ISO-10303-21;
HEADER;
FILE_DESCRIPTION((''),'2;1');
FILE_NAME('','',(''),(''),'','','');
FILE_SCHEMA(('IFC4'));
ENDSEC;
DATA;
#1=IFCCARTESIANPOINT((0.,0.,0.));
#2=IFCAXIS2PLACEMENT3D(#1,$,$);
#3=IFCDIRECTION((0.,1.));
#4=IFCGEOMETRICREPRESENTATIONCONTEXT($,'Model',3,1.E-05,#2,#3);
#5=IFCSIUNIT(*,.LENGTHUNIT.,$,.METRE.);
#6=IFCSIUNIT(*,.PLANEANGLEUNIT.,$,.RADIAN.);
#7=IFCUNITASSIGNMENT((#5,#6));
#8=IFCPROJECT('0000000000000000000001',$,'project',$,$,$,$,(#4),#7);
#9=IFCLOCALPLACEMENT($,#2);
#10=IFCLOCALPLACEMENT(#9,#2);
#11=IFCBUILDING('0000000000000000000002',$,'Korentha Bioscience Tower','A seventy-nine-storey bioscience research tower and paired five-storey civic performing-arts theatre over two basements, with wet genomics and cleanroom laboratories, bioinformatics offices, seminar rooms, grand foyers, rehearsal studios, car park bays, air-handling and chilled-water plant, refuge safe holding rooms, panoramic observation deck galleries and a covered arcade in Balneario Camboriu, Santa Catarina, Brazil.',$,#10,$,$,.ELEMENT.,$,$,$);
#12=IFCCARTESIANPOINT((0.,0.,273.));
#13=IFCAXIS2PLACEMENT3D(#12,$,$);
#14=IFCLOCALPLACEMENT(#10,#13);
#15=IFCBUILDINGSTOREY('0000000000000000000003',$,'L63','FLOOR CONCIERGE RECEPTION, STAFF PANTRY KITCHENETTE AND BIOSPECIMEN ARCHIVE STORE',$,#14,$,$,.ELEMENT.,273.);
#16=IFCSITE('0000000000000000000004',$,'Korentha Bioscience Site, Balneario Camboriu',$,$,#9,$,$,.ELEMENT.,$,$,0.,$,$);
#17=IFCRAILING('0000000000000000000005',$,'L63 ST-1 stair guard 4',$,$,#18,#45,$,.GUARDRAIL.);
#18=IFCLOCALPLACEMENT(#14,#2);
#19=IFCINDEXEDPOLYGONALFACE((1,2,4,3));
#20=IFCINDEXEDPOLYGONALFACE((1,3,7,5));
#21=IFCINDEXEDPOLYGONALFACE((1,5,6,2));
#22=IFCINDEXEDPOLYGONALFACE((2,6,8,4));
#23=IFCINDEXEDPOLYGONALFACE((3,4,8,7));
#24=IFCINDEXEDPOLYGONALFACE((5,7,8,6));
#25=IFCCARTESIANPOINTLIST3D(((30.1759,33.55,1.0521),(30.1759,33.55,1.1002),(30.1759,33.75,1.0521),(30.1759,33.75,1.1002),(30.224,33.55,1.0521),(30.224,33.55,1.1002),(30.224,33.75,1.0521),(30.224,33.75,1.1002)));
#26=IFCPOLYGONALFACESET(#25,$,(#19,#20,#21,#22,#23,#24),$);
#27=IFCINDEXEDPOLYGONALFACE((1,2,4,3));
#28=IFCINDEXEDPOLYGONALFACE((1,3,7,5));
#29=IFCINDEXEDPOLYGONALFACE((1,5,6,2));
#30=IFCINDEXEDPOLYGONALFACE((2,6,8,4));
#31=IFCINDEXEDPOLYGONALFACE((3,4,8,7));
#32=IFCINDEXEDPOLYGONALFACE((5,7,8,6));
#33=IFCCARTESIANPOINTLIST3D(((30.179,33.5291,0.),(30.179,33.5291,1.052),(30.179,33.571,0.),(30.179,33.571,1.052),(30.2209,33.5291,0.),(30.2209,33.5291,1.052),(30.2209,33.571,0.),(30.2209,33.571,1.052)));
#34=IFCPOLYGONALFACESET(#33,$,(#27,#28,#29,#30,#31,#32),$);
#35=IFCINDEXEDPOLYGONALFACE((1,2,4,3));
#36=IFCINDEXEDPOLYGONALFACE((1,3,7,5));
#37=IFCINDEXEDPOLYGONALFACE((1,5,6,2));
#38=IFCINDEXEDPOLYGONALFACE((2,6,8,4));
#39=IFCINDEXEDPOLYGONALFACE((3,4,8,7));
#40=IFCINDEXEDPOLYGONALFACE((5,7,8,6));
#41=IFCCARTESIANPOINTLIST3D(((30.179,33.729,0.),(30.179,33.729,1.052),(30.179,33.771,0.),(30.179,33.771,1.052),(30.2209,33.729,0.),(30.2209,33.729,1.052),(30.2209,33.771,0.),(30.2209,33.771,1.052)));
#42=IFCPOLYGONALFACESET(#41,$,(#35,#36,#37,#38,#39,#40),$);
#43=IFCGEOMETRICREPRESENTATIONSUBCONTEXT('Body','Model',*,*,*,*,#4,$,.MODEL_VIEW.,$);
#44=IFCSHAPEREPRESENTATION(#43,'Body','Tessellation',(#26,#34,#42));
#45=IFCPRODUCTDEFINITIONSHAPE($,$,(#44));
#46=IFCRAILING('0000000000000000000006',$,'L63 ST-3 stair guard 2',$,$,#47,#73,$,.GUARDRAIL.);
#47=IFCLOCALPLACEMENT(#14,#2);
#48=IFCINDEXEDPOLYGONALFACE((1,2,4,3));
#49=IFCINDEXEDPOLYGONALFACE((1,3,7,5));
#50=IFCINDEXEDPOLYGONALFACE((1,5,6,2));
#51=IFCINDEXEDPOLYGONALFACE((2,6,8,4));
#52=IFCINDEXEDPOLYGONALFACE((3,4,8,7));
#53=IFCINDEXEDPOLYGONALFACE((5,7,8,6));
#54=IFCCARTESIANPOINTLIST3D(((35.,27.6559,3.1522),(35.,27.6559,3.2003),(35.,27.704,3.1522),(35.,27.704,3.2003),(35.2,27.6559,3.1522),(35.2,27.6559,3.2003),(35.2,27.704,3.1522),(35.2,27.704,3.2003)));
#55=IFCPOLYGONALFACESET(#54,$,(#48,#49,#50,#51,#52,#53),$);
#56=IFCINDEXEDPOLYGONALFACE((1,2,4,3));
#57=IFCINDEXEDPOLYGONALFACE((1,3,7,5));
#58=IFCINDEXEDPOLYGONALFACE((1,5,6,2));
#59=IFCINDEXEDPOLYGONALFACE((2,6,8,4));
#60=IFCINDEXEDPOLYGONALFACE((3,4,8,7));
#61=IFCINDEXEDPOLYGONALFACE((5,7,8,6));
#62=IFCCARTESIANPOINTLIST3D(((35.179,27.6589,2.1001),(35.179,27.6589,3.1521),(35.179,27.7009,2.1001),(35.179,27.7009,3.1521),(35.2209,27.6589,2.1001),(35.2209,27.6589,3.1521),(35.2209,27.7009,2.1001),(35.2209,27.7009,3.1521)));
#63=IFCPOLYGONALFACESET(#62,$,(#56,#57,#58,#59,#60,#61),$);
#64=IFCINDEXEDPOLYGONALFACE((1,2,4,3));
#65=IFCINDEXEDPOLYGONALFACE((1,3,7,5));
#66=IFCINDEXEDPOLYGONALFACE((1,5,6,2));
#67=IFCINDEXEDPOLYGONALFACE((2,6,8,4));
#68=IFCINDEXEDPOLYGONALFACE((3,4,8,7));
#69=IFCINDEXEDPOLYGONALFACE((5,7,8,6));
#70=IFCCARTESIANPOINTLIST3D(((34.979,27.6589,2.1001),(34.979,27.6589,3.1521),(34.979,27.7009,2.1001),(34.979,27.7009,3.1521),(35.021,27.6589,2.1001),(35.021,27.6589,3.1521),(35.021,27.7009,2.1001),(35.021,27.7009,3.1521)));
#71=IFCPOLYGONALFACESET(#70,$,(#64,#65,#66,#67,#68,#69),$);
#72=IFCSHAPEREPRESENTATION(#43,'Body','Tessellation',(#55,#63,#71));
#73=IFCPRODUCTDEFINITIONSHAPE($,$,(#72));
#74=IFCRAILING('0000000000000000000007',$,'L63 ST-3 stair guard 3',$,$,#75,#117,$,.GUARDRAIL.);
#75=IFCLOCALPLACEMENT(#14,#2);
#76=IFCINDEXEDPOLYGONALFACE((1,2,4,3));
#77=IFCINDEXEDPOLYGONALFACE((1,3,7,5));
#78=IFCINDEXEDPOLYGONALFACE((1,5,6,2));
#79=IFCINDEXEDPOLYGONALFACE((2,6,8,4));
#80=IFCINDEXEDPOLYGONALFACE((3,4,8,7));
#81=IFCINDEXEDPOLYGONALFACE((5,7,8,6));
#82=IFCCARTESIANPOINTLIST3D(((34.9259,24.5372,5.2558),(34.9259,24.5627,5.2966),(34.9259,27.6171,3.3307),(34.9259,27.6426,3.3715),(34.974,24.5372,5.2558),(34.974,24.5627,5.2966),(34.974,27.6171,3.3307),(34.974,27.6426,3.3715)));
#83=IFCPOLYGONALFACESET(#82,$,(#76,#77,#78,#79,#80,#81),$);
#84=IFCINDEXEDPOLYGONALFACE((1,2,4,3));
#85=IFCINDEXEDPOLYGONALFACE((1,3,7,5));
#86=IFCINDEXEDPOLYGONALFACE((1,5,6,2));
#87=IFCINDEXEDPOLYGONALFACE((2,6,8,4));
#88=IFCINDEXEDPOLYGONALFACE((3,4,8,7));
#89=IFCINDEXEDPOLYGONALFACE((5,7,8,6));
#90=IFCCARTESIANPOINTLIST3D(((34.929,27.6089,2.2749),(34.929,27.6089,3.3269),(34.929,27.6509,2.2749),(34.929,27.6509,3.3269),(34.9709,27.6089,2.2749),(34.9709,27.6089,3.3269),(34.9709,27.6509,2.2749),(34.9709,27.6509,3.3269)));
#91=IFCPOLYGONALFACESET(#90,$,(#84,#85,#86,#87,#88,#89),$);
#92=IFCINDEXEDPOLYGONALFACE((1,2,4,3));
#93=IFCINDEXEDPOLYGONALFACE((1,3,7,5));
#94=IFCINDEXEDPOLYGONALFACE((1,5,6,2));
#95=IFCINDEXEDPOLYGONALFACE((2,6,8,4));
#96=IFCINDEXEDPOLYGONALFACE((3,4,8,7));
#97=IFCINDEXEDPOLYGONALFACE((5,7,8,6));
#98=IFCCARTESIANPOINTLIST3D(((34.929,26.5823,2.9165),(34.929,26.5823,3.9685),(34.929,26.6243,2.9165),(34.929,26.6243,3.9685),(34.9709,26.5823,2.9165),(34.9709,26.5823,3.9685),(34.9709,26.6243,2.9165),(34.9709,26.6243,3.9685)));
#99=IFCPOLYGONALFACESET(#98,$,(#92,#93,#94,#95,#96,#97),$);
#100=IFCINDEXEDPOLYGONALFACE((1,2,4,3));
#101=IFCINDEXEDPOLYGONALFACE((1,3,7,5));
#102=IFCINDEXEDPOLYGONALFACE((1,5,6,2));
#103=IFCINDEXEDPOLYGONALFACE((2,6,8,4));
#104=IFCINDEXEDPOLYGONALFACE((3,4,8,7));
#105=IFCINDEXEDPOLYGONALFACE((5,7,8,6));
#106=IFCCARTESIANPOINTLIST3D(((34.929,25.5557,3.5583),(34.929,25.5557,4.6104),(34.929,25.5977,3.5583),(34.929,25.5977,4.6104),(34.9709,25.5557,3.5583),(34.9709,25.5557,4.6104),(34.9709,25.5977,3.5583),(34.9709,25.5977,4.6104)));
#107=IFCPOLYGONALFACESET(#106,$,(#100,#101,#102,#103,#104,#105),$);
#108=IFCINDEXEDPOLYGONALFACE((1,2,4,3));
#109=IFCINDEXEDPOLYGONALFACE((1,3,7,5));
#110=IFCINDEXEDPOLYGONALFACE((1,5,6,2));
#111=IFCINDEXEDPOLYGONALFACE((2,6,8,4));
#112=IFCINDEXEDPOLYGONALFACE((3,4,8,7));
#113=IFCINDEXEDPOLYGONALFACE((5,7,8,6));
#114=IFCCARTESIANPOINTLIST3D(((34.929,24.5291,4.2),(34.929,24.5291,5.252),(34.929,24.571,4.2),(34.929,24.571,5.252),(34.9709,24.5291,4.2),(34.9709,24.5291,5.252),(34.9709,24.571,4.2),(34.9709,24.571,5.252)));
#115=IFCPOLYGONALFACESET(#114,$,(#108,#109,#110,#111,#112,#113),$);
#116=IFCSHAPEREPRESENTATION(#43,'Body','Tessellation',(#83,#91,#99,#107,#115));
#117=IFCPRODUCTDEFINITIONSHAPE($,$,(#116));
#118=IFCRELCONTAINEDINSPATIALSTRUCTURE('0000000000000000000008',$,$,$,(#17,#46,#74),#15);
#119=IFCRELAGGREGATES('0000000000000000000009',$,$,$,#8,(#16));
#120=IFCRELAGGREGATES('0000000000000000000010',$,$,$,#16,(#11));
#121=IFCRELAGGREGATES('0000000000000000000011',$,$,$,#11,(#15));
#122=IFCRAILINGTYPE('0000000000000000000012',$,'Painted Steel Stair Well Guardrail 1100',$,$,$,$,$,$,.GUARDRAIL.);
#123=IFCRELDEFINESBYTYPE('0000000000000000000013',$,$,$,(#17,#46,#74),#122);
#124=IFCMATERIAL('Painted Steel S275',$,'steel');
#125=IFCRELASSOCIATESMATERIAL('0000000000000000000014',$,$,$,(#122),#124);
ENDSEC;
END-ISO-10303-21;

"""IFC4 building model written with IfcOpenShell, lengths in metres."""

from ifc_helpers import new_model, si_unit, direction, frame, origin, origin_2d, place, context, subcontext, project, spatial, rectangle, extrude, material, type_object, element, save


model = new_model("IFC4")

# Units and contexts
model_context = context("Model", 3, precision=1e-05, world=origin(), true_north=direction((0.0, 1.0)))
body_context = subcontext(model_context, "Body", "Model", "MODEL_VIEW")
ifc_project = project(units=[si_unit("LENGTHUNIT", "METRE"), si_unit("PLANEANGLEUNIT", "RADIAN")], contexts=[model_context])

# Site, building, storey
site_placement = place(None, origin())
site = spatial("IfcSite", under=ifc_project, at=site_placement, Name="Korentha Bioscience Site, Balneario Camboriu", CompositionType="ELEMENT", RefElevation=0.0)
building_placement = place(site_placement, origin())
building = spatial("IfcBuilding", under=site, at=building_placement, Name="Korentha Bioscience Tower", Description="A seventy-nine-storey bioscience research tower and paired five-storey civic performing-arts theatre over two basements, with wet genomics and cleanroom laboratories, bioinformatics offices, seminar rooms, grand foyers, rehearsal studios, car park bays, air-handling and chilled-water plant, refuge safe holding rooms, panoramic observation deck galleries and a covered arcade in Balneario Camboriu, Santa Catarina, Brazil.", CompositionType="ELEMENT")
storey_placement = place(building_placement, frame((0.0, 0.0, 273.0)))
storey = spatial("IfcBuildingStorey", under=building, at=storey_placement, Name="L63", Description="FLOOR CONCIERGE RECEPTION, STAFF PANTRY KITCHENETTE AND BIOSPECIMEN ARCHIVE STORE", CompositionType="ELEMENT", Elevation=273.0)

# Railings
ifc_material_1 = material(Name="Painted Steel S275", Category="steel")
railing_type_1 = type_object("IfcRailingType", Name="Painted Steel Stair Well Guardrail 1100", PredefinedType="GUARDRAIL", material=ifc_material_1)
railing_1_placement = place(storey_placement, frame((30.2, 33.55, 0.0)))
element("IfcRailing", 1, at=railing_1_placement, inside=storey, type_object=railing_type_1, Name="L63 ST-1 stair guard 4", PredefinedType="GUARDRAIL", context=body_context, shape_type="SweptSolid", body=[
    extrude(rectangle(XDim=0.0481, YDim=0.0481, at=origin_2d()), frame((0.0, 0.0, 1.0762), z_axis=(0.0, 1.0, 0.0), x_axis=(-1.0, 0.0, 0.0)), (0.0, 0.0, 1.0), 0.2),
    extrude(rectangle(XDim=0.042, YDim=0.042, at=origin_2d()), origin(), (0.0, 0.0, 1.0), 1.052),
    extrude(rectangle(XDim=0.042, YDim=0.042, at=origin_2d()), frame((0.0, 0.2, 0.0)), (0.0, 0.0, 1.0), 1.052),
])
railing_2_placement = place(storey_placement, frame((35.2, 27.6799, 2.1001)))
element("IfcRailing", 2, at=railing_2_placement, inside=storey, type_object=railing_type_1, Name="L63 ST-3 stair guard 2", PredefinedType="GUARDRAIL", context=body_context, shape_type="SweptSolid", body=[
    extrude(rectangle(XDim=0.0481, YDim=0.0481, at=origin_2d()), frame((0.0, 0.0, 1.0762), z_axis=(-1.0, 0.0, 0.0), x_axis=(0.0, -1.0, 0.0)), (0.0, 0.0, 1.0), 0.2),
    extrude(rectangle(XDim=0.042, YDim=0.042, at=origin_2d()), origin(), (0.0, 0.0, 1.0), 1.052),
    extrude(rectangle(XDim=0.042, YDim=0.042, at=origin_2d()), frame((-0.2, 0.0, 0.0)), (0.0, 0.0, 1.0), 1.052),
])
railing_3_placement = place(storey_placement, frame((34.95, 27.6299, 2.2749)))
element("IfcRailing", 3, at=railing_3_placement, inside=storey, type_object=railing_type_1, Name="L63 ST-3 stair guard 3", PredefinedType="GUARDRAIL", context=body_context, shape_type="SweptSolid", body=[
    extrude(rectangle(XDim=0.0481, YDim=0.0481, at=origin_2d()), frame((0.0, 0.0, 1.0762), z_axis=(0.0, -0.847979, 0.530029), x_axis=(1.0, 0.0, 0.0)), (0.0, 0.0, 1.0), 3.6321),
    extrude(rectangle(XDim=0.042, YDim=0.042, at=origin_2d()), origin(), (0.0, 0.0, 1.0), 1.052),
    extrude(rectangle(XDim=0.042, YDim=0.042, at=origin_2d()), frame((0.0, -1.0266, 0.6416)), (0.0, 0.0, 1.0), 1.052),
    extrude(rectangle(XDim=0.042, YDim=0.042, at=origin_2d()), frame((0.0, -2.0532, 1.2834)), (0.0, 0.0, 1.0), 1.052),
    extrude(rectangle(XDim=0.042, YDim=0.042, at=origin_2d()), frame((0.0, -3.0798, 1.925)), (0.0, 0.0, 1.0), 1.052),
])

save(model, "model.ifc")
